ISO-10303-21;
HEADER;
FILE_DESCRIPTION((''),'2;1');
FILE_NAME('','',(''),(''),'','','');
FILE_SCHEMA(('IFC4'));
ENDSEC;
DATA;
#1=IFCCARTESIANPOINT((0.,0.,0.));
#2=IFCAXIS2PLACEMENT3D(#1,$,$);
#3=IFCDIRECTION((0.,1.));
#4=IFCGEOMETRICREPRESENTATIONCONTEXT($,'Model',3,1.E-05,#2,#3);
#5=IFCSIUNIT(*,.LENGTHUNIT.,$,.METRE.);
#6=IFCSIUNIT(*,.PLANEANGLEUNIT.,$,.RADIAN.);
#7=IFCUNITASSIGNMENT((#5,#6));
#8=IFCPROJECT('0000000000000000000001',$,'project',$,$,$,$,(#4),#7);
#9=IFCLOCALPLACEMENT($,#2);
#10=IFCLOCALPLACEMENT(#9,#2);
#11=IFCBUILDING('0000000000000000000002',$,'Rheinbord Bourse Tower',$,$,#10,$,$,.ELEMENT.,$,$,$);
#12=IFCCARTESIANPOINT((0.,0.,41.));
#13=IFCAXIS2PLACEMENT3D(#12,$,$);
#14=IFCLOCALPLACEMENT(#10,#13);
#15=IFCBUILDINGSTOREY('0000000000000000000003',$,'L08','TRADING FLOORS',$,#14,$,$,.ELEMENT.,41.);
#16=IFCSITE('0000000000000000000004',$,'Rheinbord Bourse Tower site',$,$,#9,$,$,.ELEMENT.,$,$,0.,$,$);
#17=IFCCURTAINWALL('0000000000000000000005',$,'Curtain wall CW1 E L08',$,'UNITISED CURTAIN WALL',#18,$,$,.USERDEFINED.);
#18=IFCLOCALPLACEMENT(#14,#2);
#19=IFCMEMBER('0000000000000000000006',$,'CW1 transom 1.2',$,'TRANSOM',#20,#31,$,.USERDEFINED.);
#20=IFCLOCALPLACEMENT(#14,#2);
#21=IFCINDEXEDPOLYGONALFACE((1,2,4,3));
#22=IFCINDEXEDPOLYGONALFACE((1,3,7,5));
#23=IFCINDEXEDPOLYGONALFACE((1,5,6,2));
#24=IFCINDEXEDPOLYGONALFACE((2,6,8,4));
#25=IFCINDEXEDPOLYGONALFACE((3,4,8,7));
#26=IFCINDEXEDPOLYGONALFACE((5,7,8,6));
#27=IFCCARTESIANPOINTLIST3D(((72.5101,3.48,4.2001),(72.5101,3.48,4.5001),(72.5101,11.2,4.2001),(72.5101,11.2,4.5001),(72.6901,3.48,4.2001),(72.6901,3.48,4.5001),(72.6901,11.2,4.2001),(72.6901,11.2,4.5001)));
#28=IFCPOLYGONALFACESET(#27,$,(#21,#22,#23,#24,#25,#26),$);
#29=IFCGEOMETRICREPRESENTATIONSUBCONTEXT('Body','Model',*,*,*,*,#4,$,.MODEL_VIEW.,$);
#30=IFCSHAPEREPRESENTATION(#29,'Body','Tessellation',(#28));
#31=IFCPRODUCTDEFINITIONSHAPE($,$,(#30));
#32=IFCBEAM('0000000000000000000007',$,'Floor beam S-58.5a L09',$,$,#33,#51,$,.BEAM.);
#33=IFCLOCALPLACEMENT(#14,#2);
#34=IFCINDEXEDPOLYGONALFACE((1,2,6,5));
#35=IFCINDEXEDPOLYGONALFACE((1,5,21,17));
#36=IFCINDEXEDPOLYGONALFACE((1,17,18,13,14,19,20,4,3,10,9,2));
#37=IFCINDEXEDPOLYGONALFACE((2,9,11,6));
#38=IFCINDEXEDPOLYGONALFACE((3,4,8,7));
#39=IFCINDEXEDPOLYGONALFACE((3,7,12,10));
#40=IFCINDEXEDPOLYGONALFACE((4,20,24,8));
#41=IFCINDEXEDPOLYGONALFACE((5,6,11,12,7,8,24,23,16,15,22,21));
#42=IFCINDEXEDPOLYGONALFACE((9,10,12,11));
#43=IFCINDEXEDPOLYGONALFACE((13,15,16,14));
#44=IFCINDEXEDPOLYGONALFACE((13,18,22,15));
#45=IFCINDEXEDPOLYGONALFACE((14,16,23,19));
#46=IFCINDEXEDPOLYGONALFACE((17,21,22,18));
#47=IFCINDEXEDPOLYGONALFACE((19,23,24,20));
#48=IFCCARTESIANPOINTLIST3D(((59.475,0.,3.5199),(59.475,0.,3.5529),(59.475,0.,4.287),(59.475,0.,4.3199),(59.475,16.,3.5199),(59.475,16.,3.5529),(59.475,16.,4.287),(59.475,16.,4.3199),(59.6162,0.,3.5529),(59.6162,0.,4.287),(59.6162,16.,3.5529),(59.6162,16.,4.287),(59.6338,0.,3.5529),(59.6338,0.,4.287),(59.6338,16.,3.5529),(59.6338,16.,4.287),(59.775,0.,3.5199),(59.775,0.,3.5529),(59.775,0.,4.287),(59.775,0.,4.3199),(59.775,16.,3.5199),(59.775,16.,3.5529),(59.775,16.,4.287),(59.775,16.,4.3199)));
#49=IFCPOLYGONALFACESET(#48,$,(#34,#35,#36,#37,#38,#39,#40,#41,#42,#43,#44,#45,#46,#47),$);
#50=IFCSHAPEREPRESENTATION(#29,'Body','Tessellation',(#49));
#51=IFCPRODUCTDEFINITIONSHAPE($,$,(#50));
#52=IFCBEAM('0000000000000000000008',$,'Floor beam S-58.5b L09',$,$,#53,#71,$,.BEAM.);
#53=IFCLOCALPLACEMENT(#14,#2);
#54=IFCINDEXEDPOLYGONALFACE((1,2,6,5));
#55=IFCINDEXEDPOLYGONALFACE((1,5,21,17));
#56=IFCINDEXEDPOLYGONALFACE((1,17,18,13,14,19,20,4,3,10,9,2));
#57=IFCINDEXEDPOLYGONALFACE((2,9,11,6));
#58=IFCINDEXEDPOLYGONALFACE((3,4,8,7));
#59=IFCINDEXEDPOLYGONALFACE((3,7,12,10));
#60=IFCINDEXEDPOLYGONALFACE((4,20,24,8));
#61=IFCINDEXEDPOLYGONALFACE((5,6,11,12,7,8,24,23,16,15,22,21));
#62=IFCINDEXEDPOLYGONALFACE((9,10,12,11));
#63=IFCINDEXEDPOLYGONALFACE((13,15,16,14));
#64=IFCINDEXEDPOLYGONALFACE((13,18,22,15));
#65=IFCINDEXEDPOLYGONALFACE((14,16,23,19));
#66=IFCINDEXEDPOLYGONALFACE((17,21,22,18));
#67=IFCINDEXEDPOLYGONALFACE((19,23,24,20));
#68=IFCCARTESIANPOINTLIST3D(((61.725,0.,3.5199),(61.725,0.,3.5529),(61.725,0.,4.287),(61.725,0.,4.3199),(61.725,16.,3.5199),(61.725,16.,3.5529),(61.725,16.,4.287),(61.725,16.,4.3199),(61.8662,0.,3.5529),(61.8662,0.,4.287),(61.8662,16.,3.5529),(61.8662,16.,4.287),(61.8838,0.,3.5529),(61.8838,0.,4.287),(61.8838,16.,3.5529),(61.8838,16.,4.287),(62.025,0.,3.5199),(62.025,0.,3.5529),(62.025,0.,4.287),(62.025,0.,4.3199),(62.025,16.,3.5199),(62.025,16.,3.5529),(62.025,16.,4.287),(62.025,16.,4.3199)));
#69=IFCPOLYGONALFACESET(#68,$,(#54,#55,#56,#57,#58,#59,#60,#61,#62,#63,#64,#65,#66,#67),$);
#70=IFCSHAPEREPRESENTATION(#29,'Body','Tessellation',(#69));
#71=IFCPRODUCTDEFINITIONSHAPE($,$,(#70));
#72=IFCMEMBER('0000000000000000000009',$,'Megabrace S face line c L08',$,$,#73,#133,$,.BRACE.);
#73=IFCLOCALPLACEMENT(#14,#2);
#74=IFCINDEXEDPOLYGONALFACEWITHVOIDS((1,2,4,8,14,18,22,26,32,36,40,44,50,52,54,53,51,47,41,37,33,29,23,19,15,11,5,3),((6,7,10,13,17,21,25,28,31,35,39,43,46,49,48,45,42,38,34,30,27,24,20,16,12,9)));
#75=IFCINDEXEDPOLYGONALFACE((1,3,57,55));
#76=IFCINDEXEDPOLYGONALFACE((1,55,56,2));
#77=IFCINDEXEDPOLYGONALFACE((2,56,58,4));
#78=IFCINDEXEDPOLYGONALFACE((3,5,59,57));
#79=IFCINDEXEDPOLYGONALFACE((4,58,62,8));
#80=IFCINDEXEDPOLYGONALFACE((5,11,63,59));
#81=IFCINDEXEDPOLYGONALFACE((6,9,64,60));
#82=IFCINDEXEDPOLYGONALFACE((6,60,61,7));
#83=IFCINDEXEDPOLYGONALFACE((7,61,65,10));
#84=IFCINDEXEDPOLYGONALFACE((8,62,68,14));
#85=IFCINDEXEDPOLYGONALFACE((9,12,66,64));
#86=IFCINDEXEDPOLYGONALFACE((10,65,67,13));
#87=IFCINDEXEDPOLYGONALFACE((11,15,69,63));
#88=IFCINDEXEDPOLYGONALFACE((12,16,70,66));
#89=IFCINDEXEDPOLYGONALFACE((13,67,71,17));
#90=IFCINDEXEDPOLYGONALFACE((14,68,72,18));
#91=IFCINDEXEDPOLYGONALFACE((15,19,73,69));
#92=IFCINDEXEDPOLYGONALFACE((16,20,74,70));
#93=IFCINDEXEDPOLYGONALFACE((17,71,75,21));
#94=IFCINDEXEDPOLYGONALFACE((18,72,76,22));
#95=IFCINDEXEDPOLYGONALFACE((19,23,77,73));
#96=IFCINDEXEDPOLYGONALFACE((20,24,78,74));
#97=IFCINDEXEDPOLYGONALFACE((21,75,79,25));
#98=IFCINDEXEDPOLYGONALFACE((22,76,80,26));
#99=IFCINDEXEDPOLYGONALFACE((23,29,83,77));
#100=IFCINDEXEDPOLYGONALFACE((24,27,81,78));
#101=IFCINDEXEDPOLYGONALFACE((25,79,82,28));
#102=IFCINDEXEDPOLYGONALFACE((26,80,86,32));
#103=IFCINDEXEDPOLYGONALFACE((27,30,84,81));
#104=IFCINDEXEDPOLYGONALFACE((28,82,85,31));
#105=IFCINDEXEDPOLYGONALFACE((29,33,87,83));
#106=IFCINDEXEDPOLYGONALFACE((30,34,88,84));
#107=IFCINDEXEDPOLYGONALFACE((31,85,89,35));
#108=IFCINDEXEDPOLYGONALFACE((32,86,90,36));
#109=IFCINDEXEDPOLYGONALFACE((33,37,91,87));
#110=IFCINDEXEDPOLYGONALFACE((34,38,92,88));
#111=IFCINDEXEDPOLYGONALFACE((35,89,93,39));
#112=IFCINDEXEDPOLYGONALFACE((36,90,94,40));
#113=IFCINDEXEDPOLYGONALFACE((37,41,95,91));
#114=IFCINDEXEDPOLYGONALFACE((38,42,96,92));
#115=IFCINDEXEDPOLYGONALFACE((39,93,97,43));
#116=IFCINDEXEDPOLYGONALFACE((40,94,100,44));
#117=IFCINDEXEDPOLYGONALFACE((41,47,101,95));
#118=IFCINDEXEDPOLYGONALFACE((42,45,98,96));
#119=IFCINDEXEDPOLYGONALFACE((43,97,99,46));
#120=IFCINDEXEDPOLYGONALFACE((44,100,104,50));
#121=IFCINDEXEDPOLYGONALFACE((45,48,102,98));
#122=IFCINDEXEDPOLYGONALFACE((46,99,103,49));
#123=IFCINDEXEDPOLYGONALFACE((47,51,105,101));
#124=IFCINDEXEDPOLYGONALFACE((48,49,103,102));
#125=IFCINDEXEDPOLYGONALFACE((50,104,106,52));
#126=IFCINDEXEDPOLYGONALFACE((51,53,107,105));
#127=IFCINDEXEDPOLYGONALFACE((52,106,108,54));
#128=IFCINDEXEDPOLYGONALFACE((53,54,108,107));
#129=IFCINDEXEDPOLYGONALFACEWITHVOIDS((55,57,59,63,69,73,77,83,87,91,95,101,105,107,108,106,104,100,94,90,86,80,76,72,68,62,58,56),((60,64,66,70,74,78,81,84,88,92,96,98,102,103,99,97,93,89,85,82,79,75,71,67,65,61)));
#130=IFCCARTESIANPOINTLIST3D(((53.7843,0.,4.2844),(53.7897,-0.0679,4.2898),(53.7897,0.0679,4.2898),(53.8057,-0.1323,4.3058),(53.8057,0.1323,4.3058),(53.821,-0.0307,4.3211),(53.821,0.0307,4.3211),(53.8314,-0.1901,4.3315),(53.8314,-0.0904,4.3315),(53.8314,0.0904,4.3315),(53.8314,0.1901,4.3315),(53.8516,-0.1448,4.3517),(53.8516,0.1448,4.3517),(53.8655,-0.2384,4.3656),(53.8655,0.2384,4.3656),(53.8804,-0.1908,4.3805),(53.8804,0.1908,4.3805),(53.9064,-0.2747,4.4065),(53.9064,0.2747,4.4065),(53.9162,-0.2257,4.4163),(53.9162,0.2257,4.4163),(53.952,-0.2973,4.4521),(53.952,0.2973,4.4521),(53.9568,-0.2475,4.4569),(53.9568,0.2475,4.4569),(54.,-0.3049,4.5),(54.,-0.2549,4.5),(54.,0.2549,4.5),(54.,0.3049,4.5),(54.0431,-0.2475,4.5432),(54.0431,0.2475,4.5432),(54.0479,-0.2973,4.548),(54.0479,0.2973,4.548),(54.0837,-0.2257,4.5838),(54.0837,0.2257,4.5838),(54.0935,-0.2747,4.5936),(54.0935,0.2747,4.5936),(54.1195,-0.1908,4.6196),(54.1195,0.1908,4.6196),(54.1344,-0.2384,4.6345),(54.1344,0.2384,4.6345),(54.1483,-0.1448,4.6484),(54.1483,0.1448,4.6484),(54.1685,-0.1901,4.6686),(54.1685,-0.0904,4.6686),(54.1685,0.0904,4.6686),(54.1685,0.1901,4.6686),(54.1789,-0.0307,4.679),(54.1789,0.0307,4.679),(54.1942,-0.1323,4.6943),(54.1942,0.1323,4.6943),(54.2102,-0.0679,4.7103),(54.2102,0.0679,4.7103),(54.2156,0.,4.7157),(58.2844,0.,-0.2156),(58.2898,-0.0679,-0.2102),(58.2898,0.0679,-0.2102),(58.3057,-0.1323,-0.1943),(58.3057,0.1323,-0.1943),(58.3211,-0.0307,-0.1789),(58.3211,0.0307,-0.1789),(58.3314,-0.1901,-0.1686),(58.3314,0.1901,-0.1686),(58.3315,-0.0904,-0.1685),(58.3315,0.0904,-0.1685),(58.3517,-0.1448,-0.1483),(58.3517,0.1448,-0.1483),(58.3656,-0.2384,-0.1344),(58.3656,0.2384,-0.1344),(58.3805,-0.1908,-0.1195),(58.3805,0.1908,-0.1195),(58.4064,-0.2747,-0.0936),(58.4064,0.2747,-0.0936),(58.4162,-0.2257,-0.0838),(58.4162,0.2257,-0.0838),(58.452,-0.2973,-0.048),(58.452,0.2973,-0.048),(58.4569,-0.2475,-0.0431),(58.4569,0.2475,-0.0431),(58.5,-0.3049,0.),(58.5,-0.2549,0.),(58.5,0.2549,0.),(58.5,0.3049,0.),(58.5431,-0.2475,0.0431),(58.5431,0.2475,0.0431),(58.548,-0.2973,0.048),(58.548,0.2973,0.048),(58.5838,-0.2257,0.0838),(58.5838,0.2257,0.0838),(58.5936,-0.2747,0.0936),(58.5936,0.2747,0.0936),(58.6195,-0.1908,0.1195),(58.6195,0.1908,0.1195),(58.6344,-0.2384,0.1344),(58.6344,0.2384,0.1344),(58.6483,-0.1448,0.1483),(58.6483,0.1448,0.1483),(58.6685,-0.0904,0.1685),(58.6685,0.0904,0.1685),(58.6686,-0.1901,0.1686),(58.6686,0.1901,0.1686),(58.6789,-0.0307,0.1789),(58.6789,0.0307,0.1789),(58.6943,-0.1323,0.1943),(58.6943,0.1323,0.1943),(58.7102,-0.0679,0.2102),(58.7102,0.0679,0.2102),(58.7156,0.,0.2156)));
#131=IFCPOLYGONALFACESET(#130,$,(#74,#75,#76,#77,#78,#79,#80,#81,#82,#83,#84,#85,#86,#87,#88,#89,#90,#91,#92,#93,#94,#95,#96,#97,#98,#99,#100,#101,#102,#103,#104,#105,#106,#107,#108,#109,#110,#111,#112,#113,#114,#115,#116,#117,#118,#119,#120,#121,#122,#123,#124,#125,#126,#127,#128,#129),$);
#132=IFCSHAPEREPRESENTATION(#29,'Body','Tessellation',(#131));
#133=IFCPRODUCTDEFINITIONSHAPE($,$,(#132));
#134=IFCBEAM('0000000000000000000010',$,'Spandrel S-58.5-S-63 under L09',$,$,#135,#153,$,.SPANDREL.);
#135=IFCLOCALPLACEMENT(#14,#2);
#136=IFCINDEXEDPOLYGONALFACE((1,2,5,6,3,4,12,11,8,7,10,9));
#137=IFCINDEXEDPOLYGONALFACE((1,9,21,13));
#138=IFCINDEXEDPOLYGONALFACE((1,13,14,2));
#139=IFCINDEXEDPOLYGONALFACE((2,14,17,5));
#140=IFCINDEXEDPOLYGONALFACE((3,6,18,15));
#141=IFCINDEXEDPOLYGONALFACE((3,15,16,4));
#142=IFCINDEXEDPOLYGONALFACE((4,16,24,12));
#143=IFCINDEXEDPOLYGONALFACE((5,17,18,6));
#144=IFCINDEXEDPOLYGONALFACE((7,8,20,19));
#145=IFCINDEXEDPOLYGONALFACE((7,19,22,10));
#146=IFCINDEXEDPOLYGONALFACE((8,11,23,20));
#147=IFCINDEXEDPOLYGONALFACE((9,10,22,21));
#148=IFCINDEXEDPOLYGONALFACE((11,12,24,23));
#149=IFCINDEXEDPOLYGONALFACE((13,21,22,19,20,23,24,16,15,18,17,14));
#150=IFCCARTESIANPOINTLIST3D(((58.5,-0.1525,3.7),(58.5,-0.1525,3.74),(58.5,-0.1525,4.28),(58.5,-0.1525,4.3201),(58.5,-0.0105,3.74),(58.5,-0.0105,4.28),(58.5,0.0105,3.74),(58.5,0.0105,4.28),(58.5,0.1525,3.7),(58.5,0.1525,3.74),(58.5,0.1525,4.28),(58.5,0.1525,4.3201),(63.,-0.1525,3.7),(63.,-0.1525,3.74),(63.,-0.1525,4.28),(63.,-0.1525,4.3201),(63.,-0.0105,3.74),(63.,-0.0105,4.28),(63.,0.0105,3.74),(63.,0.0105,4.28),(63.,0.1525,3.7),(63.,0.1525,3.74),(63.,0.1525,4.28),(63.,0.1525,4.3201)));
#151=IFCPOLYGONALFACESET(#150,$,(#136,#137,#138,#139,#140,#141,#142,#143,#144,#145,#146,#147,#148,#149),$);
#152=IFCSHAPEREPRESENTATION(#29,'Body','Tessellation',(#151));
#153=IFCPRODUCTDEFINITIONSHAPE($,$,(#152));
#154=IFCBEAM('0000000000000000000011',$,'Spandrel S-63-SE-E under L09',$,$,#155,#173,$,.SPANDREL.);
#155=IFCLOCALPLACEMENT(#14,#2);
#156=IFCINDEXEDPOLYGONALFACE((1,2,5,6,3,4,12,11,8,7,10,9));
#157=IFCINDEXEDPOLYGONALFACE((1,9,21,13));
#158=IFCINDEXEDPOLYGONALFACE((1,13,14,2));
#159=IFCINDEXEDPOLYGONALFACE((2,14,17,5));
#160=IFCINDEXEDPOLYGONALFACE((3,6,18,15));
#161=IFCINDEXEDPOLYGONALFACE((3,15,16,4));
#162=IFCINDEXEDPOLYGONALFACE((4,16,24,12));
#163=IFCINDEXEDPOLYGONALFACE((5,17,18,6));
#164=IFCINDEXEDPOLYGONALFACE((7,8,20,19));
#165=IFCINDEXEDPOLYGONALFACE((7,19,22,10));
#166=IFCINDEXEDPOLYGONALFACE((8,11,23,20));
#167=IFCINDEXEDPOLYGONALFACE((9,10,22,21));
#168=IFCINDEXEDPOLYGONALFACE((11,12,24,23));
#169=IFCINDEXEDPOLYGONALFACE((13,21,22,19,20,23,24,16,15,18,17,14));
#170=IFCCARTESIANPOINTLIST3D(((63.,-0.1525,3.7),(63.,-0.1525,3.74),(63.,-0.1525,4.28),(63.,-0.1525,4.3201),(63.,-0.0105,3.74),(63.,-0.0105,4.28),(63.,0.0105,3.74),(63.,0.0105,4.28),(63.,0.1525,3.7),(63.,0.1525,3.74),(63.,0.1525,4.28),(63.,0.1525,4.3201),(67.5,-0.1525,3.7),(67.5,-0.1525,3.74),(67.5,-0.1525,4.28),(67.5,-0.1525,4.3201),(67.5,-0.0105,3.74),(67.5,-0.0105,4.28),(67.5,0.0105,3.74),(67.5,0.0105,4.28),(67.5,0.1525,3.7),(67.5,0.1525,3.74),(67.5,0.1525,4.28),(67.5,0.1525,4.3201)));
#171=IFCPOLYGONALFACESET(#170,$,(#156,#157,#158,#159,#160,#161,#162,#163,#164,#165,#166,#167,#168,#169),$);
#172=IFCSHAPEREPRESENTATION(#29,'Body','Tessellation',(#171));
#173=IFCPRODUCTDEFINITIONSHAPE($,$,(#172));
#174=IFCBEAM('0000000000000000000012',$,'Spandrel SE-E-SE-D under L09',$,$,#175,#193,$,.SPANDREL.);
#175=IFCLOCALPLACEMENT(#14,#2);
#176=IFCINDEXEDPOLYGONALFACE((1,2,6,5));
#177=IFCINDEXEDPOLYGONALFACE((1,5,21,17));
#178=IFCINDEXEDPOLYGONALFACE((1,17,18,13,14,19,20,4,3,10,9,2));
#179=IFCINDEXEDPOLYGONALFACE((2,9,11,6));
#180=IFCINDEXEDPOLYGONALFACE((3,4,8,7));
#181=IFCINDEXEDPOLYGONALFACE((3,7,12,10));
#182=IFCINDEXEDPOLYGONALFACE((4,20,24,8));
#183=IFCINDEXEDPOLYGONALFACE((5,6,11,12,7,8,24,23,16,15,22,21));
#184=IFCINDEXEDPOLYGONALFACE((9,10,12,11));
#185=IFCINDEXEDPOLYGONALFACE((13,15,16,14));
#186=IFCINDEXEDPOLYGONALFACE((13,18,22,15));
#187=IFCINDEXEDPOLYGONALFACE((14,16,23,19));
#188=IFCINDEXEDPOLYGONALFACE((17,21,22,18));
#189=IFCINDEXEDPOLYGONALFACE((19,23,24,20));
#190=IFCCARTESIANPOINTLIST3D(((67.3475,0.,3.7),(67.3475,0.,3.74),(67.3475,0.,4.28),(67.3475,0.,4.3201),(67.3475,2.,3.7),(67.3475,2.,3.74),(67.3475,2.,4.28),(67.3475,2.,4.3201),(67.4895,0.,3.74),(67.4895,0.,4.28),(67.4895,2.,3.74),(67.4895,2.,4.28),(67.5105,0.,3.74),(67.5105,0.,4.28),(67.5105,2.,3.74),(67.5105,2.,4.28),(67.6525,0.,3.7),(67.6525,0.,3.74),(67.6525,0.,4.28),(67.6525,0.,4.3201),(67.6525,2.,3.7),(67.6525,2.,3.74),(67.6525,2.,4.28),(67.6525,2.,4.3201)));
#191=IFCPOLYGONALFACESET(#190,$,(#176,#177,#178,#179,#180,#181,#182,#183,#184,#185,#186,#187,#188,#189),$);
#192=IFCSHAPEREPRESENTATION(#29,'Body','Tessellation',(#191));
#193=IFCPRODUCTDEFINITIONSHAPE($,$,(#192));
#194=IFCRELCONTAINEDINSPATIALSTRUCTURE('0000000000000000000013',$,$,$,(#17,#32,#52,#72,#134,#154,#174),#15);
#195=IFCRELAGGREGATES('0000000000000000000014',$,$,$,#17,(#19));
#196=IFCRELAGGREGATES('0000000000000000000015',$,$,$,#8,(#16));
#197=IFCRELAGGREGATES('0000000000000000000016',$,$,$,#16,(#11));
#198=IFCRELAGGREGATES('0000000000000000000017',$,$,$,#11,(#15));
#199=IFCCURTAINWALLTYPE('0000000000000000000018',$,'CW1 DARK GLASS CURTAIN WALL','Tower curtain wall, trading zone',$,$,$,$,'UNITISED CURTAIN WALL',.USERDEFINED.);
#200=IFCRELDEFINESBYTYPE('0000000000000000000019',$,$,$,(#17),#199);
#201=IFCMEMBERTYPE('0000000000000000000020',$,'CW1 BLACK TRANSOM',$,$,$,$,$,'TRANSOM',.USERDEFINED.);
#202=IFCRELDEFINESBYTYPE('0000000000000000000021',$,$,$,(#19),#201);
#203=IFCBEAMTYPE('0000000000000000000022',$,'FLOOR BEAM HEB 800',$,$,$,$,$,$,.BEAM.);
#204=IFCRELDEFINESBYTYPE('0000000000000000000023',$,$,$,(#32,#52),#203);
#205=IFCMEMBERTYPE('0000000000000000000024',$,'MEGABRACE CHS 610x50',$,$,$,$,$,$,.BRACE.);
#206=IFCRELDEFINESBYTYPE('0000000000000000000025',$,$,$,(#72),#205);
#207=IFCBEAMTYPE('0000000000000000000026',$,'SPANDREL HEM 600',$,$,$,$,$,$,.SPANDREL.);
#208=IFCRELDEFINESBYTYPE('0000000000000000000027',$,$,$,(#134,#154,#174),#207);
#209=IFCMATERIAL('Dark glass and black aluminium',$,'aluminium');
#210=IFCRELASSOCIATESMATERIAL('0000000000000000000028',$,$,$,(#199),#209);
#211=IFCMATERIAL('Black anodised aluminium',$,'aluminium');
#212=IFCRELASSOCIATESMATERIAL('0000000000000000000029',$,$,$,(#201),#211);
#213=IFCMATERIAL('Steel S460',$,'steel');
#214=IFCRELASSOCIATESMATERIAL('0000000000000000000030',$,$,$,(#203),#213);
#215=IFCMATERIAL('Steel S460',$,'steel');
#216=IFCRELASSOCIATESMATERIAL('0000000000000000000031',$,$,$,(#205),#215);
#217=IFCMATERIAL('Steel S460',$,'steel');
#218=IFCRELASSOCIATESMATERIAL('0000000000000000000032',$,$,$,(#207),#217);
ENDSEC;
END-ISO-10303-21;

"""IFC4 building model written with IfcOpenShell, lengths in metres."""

from ifc_helpers import new_model, si_unit, direction, frame, origin, origin_2d, place, context, subcontext, project, spatial, rectangle, hollow_circle, i_section, extrude, material, material_profile, profile_set, type_object, element, aggregate, save


model = new_model("IFC4")

# Units and contexts
model_context = context("Model", 3, precision=1e-05, world=origin(), true_north=direction((0.0, 1.0)))
body_context = subcontext(model_context, "Body", "Model", "MODEL_VIEW")
ifc_project = project(units=[si_unit("LENGTHUNIT", "METRE"), si_unit("PLANEANGLEUNIT", "RADIAN")], contexts=[model_context])

# Site, building, storey
site_placement = place(None, origin())
site = spatial("IfcSite", under=ifc_project, at=site_placement, Name="Rheinbord Bourse Tower site", CompositionType="ELEMENT", RefElevation=0.0)
building_placement = place(site_placement, origin())
building = spatial("IfcBuilding", under=site, at=building_placement, Name="Rheinbord Bourse Tower", CompositionType="ELEMENT")
storey_placement = place(building_placement, frame((0.0, 0.0, 41.0)))
storey = spatial("IfcBuildingStorey", under=building, at=storey_placement, Name="L08", Description="TRADING FLOORS", CompositionType="ELEMENT", Elevation=41.0)

# Shared definitions
ifc_material_1 = material(Name="Dark glass and black aluminium", Category="aluminium")
curtain_wall_type = type_object("IfcCurtainWallType", Name="CW1 DARK GLASS CURTAIN WALL", Description="Tower curtain wall, trading zone", ElementType="UNITISED CURTAIN WALL", PredefinedType="USERDEFINED", material=ifc_material_1)

# Curtain wall
curtain_wall_1_placement = place(storey_placement, origin())
curtain_wall_1 = element("IfcCurtainWall", 1, at=curtain_wall_1_placement, inside=storey, type_object=curtain_wall_type, Name="Curtain wall CW1 E L08", ObjectType="UNITISED CURTAIN WALL", PredefinedType="USERDEFINED")

# Member
ifc_material_2 = material(Name="Black anodised aluminium", Category="aluminium")
ifc_material_profile_1 = material_profile(ifc_material_2, rectangle(XDim=0.1799, YDim=0.3, at=origin_2d()), Name="CW1 TRANSOM 300x180")
ifc_profile_set_1 = profile_set([ifc_material_profile_1], Name="Black anodised aluminium")
member_type_1 = type_object("IfcMemberType", Name="CW1 BLACK TRANSOM", ElementType="TRANSOM", PredefinedType="USERDEFINED", material=ifc_profile_set_1)
member_1_placement = place(storey_placement, frame((72.6001, 3.48, 4.3501), z_axis=(0.0, 1.0, 0.0), x_axis=(-1.0, 0.0, 0.0)))
member_1 = element("IfcMember", 2, at=member_1_placement, type_object=member_type_1, Name="CW1 transom 1.2", ObjectType="TRANSOM", PredefinedType="USERDEFINED", context=body_context, shape_type="SweptSolid", body=[
    extrude(rectangle(XDim=0.1799, YDim=0.3, at=origin_2d()), origin(), (0.0, 0.0, 1.0), 7.72),
])

# Beams
ifc_material_3 = material(Name="Steel S460", Category="steel")
ifc_material_profile_2 = material_profile(ifc_material_3, i_section(OverallWidth=0.3, OverallDepth=0.8, WebThickness=0.0176, FlangeThickness=0.033, at=origin_2d()), Name="HEB 800")
ifc_profile_set_2 = profile_set([ifc_material_profile_2], Name="Steel S460")
beam_type_1 = type_object("IfcBeamType", Name="FLOOR BEAM HEB 800", PredefinedType="BEAM", material=ifc_profile_set_2)
for number, where, z_axis, x_axis, name in (
    (3, (59.625, 0.0, 3.9199), (0.0, 1.0, 0.0), (-1.0, 0.0, 0.0), "Floor beam S-58.5a L09"),
    (4, (61.875, 0.0, 3.9199), (0.0, 1.0, 0.0), (-1.0, 0.0, 0.0), "Floor beam S-58.5b L09"),
):
    element("IfcBeam", number, at=place(storey_placement, frame(where, z_axis=z_axis, x_axis=x_axis)), inside=storey, type_object=beam_type_1, Name=name, PredefinedType="BEAM", context=body_context, shape_type="SweptSolid", body=[
        extrude(i_section(OverallWidth=0.3, OverallDepth=0.8, WebThickness=0.0176, FlangeThickness=0.033, at=origin_2d()), origin(), (0.0, 0.0, 1.0), 16.0),
    ])

# Member
ifc_material_4 = material(Name="Steel S460", Category="steel")
ifc_material_profile_3 = material_profile(ifc_material_4, hollow_circle(Radius=0.3049, WallThickness=0.05, at=origin_2d()), Name="CHS 610x50")
ifc_profile_set_3 = profile_set([ifc_material_profile_3], Name="Steel S460")
member_type_2 = type_object("IfcMemberType", Name="MEGABRACE CHS 610x50", PredefinedType="BRACE", material=ifc_profile_set_3)
member_2_placement = place(storey_placement, frame((58.5, 0.0, 0.0), z_axis=(-0.707107, 0.0, 0.707107), x_axis=(0.0, -1.0, 0.0)))
element("IfcMember", 5, at=member_2_placement, inside=storey, type_object=member_type_2, Name="Megabrace S face line c L08", PredefinedType="BRACE", context=body_context, shape_type="SweptSolid", body=[
    extrude(hollow_circle(Radius=0.3049, WallThickness=0.05, at=origin_2d()), origin(), (0.0, 0.0, 1.0), 6.364),
])

# Beams
ifc_material_5 = material(Name="Steel S460", Category="steel")
ifc_material_profile_4 = material_profile(ifc_material_5, i_section(OverallWidth=0.3049, OverallDepth=0.6201, WebThickness=0.021, FlangeThickness=0.04, at=origin_2d()), Name="HEM 600")
ifc_profile_set_4 = profile_set([ifc_material_profile_4], Name="Steel S460")
beam_type_2 = type_object("IfcBeamType", Name="SPANDREL HEM 600", PredefinedType="SPANDREL", material=ifc_profile_set_4)
for number, where, z_axis, x_axis, name in (
    (6, (58.5, 0.0, 4.01), (1.0, 0.0, 0.0), (0.0, 1.0, 0.0), "Spandrel S-58.5-S-63 under L09"),
    (7, (63.0, 0.0, 4.01), (1.0, 0.0, 0.0), (0.0, 1.0, 0.0), "Spandrel S-63-SE-E under L09"),
):
    element("IfcBeam", number, at=place(storey_placement, frame(where, z_axis=z_axis, x_axis=x_axis)), inside=storey, type_object=beam_type_2, Name=name, PredefinedType="SPANDREL", context=body_context, shape_type="SweptSolid", body=[
        extrude(i_section(OverallWidth=0.3049, OverallDepth=0.6201, WebThickness=0.021, FlangeThickness=0.04, at=origin_2d()), origin(), (0.0, 0.0, 1.0), 4.5),
    ])
beam_1_placement = place(storey_placement, frame((67.5, 0.0, 4.01), z_axis=(0.0, 1.0, 0.0), x_axis=(-1.0, 0.0, 0.0)))
element("IfcBeam", 8, at=beam_1_placement, inside=storey, type_object=beam_type_2, Name="Spandrel SE-E-SE-D under L09", PredefinedType="SPANDREL", context=body_context, shape_type="SweptSolid", body=[
    extrude(i_section(OverallWidth=0.3049, OverallDepth=0.6201, WebThickness=0.021, FlangeThickness=0.04, at=origin_2d()), origin(), (0.0, 0.0, 1.0), 2.0),
])

aggregate(curtain_wall_1, [member_1])

save(model, "model.ifc")
